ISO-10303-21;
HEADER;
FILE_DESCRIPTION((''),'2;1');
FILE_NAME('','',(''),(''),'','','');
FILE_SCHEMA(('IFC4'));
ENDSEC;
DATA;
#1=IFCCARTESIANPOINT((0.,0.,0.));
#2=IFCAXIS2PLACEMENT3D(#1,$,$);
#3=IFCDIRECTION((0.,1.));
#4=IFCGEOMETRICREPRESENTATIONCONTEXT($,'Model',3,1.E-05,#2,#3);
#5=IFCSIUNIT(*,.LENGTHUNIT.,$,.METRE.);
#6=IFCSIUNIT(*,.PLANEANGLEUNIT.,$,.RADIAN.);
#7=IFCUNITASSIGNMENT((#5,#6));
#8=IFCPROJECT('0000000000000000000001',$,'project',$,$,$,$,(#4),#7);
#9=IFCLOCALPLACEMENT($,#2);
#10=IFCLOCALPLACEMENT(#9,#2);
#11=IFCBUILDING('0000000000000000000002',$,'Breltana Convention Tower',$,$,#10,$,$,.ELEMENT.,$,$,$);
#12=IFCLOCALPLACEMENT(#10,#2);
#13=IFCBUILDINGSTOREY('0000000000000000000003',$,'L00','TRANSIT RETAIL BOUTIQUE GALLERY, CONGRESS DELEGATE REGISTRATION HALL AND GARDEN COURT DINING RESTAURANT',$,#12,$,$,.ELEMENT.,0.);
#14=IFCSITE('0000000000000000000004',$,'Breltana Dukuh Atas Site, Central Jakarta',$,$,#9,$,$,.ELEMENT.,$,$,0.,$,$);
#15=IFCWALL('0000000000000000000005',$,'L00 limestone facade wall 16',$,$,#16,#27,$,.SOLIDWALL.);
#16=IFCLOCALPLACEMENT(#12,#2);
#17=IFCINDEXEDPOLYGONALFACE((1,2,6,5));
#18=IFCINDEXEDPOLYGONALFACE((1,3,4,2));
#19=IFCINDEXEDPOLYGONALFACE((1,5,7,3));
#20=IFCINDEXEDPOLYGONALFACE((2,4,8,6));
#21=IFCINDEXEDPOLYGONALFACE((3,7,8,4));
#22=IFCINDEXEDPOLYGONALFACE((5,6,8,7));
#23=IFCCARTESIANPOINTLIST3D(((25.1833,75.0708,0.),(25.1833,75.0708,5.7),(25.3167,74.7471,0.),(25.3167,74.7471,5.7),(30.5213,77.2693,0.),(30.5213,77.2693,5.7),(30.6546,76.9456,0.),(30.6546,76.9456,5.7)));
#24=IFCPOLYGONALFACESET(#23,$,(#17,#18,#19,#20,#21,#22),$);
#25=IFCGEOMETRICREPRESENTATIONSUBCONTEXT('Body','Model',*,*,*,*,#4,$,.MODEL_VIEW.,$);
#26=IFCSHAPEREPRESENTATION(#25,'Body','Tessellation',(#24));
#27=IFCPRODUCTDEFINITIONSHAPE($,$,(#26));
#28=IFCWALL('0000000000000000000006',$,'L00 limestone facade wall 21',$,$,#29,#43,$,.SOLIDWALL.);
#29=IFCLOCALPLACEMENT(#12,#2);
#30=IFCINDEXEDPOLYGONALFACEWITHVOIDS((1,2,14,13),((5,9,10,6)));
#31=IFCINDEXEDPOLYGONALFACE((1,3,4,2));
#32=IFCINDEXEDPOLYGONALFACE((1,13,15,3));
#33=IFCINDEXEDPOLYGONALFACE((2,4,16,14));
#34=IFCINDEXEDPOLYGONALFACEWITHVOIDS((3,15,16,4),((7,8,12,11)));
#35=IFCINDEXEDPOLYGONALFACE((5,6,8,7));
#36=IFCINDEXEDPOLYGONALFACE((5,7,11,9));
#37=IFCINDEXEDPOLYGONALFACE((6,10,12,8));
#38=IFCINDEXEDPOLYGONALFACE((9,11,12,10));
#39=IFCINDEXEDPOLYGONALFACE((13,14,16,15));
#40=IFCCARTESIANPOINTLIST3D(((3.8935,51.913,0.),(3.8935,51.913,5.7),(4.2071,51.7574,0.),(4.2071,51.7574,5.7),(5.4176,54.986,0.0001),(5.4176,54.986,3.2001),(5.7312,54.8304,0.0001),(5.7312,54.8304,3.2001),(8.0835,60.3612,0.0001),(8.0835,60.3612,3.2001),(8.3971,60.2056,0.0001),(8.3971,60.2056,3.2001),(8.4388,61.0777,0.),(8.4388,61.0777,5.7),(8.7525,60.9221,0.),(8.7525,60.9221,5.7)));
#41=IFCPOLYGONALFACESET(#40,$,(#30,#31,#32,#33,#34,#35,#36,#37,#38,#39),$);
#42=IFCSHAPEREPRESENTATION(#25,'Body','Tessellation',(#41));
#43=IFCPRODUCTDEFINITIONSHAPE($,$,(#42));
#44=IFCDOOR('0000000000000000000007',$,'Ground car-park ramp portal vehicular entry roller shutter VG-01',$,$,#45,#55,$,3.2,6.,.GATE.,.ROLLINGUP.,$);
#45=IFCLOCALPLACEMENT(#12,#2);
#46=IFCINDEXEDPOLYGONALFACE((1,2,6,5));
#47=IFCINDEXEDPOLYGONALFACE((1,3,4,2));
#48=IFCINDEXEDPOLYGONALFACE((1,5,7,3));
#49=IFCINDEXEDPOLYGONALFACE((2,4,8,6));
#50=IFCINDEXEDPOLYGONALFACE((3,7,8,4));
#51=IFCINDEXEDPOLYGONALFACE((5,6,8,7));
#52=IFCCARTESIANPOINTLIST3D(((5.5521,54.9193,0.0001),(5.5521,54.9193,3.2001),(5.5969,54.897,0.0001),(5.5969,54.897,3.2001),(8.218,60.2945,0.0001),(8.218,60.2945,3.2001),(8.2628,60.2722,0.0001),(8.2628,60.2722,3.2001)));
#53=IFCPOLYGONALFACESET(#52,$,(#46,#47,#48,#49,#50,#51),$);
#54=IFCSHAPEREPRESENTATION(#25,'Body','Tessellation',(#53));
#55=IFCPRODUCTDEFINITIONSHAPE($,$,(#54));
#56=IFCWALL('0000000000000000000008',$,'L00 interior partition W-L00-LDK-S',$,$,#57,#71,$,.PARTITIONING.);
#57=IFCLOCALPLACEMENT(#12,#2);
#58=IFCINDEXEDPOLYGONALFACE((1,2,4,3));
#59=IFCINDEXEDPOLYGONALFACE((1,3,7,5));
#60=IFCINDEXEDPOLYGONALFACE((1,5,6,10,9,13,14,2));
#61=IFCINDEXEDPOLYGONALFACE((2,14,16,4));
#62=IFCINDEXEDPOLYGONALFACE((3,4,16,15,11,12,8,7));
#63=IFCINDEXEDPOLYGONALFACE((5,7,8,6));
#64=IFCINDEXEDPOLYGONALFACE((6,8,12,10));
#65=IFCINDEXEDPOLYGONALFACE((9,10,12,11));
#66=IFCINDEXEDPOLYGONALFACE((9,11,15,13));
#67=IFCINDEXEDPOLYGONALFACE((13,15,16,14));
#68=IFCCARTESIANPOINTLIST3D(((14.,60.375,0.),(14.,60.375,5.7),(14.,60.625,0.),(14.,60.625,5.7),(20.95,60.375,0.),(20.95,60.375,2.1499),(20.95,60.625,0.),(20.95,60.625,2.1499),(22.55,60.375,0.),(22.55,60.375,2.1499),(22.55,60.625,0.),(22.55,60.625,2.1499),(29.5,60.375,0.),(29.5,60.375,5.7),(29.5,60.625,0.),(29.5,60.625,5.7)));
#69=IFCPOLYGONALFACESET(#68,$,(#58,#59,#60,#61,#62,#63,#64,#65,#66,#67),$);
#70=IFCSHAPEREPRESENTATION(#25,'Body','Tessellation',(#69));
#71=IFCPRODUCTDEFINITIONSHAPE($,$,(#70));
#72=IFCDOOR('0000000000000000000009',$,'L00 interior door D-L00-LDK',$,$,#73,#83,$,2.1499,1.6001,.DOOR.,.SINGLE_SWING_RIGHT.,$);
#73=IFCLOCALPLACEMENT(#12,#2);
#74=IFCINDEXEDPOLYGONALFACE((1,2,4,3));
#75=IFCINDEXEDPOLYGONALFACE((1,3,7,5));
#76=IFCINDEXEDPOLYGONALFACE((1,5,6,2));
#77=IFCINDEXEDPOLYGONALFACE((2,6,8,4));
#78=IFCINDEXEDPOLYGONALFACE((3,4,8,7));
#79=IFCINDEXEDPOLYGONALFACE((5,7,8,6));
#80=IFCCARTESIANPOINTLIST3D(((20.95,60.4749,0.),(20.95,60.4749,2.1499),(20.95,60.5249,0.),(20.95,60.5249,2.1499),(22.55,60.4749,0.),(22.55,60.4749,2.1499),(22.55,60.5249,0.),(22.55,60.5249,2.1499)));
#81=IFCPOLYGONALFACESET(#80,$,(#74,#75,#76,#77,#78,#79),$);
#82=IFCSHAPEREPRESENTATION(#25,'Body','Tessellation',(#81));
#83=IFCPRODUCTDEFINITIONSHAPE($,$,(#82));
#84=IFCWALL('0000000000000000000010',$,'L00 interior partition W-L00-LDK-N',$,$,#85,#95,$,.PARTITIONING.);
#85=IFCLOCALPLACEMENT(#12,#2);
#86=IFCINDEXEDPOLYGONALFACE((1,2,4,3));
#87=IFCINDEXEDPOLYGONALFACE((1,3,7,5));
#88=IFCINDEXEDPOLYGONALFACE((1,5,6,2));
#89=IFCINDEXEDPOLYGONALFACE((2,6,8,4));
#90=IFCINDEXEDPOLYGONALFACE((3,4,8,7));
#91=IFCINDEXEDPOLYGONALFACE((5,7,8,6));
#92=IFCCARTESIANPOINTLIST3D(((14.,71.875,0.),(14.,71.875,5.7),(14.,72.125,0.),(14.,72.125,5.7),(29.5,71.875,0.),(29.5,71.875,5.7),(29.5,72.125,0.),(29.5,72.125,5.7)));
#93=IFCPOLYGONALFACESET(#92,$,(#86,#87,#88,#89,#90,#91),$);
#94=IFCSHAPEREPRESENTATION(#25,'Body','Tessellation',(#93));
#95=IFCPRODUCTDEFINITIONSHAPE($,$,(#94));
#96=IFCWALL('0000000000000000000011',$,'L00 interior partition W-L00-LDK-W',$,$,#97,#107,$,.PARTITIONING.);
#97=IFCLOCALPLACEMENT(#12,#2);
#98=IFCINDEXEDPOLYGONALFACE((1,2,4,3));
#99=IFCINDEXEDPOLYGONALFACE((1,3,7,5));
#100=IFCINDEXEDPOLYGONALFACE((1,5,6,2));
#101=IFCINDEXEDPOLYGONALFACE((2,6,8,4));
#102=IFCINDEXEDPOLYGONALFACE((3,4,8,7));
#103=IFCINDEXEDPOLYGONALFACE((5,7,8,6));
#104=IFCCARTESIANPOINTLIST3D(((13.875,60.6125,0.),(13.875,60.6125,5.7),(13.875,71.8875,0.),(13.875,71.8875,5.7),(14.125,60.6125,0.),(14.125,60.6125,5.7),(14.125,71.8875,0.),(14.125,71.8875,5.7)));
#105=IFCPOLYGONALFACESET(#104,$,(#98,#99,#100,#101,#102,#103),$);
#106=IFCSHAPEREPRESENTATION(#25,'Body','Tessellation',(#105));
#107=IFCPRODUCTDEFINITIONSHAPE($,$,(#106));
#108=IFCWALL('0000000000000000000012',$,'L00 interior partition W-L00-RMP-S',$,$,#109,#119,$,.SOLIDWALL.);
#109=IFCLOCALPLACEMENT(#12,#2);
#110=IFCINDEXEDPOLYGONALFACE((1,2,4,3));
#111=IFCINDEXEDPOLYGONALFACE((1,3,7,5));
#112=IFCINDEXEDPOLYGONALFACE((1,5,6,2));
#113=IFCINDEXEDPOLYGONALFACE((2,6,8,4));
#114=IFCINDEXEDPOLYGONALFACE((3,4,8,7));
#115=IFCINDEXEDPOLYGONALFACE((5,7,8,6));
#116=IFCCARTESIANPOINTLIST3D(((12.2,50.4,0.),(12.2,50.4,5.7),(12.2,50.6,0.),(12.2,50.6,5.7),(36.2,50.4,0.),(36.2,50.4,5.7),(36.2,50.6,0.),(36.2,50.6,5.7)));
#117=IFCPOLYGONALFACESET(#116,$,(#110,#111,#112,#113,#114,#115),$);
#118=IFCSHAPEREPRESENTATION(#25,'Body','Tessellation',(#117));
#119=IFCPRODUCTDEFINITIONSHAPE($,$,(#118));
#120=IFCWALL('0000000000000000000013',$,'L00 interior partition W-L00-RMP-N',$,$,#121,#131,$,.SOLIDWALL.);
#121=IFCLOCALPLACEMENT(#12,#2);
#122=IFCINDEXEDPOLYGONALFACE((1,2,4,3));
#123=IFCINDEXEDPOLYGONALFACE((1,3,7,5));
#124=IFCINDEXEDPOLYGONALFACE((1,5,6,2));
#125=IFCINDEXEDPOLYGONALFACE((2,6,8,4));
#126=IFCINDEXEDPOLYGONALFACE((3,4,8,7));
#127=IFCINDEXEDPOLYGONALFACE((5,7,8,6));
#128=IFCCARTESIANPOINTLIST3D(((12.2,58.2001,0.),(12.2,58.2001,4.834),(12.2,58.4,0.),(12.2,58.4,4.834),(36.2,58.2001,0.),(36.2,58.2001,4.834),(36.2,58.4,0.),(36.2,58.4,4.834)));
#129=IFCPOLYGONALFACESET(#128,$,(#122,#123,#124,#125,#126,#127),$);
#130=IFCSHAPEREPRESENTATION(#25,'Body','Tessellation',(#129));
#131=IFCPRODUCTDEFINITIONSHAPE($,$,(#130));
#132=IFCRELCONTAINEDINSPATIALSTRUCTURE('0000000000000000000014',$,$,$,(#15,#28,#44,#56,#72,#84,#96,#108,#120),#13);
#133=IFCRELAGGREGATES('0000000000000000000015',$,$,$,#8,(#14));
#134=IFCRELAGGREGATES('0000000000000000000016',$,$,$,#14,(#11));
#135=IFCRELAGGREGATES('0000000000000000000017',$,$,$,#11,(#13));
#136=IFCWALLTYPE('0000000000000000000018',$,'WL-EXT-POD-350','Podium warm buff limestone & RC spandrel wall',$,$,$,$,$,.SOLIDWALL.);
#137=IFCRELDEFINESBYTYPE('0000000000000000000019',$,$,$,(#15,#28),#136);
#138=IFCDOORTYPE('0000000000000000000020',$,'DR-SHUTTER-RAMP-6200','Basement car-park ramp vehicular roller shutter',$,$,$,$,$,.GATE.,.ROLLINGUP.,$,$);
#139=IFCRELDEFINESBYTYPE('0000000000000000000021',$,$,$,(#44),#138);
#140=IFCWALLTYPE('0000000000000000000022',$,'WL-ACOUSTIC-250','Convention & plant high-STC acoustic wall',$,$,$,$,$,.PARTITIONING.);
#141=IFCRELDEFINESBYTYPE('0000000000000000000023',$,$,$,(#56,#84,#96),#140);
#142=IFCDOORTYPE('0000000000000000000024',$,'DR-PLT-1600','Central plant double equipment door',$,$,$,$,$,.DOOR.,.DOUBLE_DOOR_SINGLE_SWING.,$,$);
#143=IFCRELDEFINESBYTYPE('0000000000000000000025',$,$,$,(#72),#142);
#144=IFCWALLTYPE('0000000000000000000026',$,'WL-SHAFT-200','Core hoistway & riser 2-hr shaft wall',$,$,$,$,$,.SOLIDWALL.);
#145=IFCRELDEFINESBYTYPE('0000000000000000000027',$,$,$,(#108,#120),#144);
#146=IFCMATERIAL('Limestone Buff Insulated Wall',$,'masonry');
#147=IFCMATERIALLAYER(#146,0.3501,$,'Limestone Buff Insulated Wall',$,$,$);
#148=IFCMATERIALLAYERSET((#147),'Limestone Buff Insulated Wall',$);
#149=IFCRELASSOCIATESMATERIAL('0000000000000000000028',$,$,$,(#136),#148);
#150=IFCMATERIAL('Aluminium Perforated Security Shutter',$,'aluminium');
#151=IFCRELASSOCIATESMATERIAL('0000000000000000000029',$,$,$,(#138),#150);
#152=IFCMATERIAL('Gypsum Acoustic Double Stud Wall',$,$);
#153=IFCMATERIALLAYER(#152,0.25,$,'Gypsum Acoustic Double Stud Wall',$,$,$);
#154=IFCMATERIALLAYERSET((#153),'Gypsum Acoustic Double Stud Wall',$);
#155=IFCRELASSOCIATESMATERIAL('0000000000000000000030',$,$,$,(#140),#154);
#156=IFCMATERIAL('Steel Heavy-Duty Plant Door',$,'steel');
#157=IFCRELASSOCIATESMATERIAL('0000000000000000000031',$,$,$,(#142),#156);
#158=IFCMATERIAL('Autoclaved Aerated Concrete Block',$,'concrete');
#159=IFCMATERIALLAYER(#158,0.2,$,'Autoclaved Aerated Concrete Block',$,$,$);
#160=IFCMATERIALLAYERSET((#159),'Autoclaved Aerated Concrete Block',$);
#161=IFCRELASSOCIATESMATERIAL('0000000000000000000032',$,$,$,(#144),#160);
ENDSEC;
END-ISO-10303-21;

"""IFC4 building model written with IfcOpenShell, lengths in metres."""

from ifc_helpers import new_model, si_unit, direction, frame, frame_2d, origin, place, context, subcontext, project, spatial, rectangle, extrude, source, transform, mapped, material, layer, layer_set, type_object, type_shapes, element, fill, save


model = new_model("IFC4")

# Units and contexts
model_context = context("Model", 3, precision=1e-05, world=origin(), true_north=direction((0.0, 1.0)))
body_context = subcontext(model_context, "Body", "Model", "MODEL_VIEW")
ifc_project = project(units=[si_unit("LENGTHUNIT", "METRE"), si_unit("PLANEANGLEUNIT", "RADIAN")], contexts=[model_context])

# Site, building, storey
site_placement = place(None, origin())
site = spatial("IfcSite", under=ifc_project, at=site_placement, Name="Breltana Dukuh Atas Site, Central Jakarta", CompositionType="ELEMENT", RefElevation=0.0)
building_placement = place(site_placement, origin())
building = spatial("IfcBuilding", under=site, at=building_placement, Name="Breltana Convention Tower", CompositionType="ELEMENT")
storey_placement = place(building_placement, origin())
storey = spatial("IfcBuildingStorey", under=building, at=storey_placement, Name="L00", Description="TRANSIT RETAIL BOUTIQUE GALLERY, CONGRESS DELEGATE REGISTRATION HALL AND GARDEN COURT DINING RESTAURANT", CompositionType="ELEMENT", Elevation=0.0)

# Wall
ifc_material_1 = material(Name="Limestone Buff Insulated Wall", Category="masonry")
ifc_layer_1 = layer(ifc_material_1, 0.3501, Name="Limestone Buff Insulated Wall")
ifc_layer_set_1 = layer_set([ifc_layer_1], Name="Limestone Buff Insulated Wall")
wall_type_1 = type_object("IfcWallType", Name="WL-EXT-POD-350", Description="Podium warm buff limestone & RC spandrel wall", PredefinedType="SOLIDWALL", material=ifc_layer_set_1)
shared_shape_1 = source(origin(), body_context, "Body", "SweptSolid", [
    extrude(rectangle(XDim=5.7729, YDim=0.3501, at=frame_2d((2.8865, 0.0))), origin(), (0.0, 0.0, 1.0), 5.7),
])
wall_1_placement = place(storey_placement, frame((25.25, 74.9089, 0.0), z_axis=(0.0, 0.0, 1.0), x_axis=(0.924646, 0.380829, 0.0)))
element("IfcWall", 1, at=wall_1_placement, inside=storey, type_object=wall_type_1, Name="L00 limestone facade wall 16", PredefinedType="SOLIDWALL", context=body_context, shape_type="MappedRepresentation", body=[
    mapped(shared_shape_1, transform((0.0, 0.0, 0.0), scale=1.0)),
])

# Walls, openings, doors
shared_shape_2 = source(origin(), body_context, "Body", "SweptSolid", [
    extrude(rectangle(XDim=10.23, YDim=0.3501, at=frame_2d((5.115, 0.0))), origin(), (0.0, 0.0, 1.0), 5.7),
])
wall_2_placement = place(storey_placement, frame((4.0503, 51.8352, 0.0), z_axis=(0.0, 0.0, 1.0), x_axis=(0.444319, 0.895869, 0.0)))
wall_2 = element("IfcWall", 2, at=wall_2_placement, inside=storey, type_object=wall_type_1, Name="L00 limestone facade wall 21", PredefinedType="SOLIDWALL", context=body_context, shape_type="MappedRepresentation", body=[
    mapped(shared_shape_2, transform((0.0, 0.0, 0.0), scale=1.0)),
])
opening_1_placement = place(wall_2_placement, frame((3.4302, 0.0, 0.0)))
opening_1 = element("IfcOpeningElement", 3, at=opening_1_placement, cuts=wall_2, PredefinedType="OPENING", context=body_context, shape_type="SweptSolid", body=[
    extrude(rectangle(XDim=6.0, YDim=3.2, at=frame_2d((3.0, 1.6001))), frame((0.0, 0.1851, 0.0), z_axis=(0.0, -1.0, 0.0), x_axis=(1.0, 0.0, 0.0)), (0.0, 0.0, 1.0), 0.3701),
])
ifc_material_2 = material(Name="Aluminium Perforated Security Shutter", Category="aluminium")
door_type_1 = type_object("IfcDoorType", Name="DR-SHUTTER-RAMP-6200", Description="Basement car-park ramp vehicular roller shutter", OperationType="ROLLINGUP", PredefinedType="GATE", material=ifc_material_2)
shared_shape_3 = source(origin(), body_context, "Body", "SweptSolid", [
    extrude(rectangle(XDim=6.0, YDim=3.2, at=frame_2d((3.0, 1.6001))), frame((0.0, 0.0249, 0.0), z_axis=(0.0, -1.0, 0.0), x_axis=(1.0, 0.0, 0.0)), (0.0, 0.0, 1.0), 0.05),
])
type_shapes(door_type_1, [shared_shape_3])
door_1_placement = place(opening_1_placement, origin())
door_1 = element("IfcDoor", 4, at=door_1_placement, inside=storey, type_object=door_type_1, Name="Ground car-park ramp portal vehicular entry roller shutter VG-01", OperationType="ROLLINGUP", OverallHeight=3.2, OverallWidth=6.0, PredefinedType="GATE", context=body_context, shape_type="MappedRepresentation", body=[
    mapped(shared_shape_3, transform((0.0, 0.0, 0.0), scale=1.0)),
])
fill(opening_1, door_1)
ifc_material_3 = material(Name="Gypsum Acoustic Double Stud Wall")
ifc_layer_2 = layer(ifc_material_3, 0.25, Name="Gypsum Acoustic Double Stud Wall")
ifc_layer_set_2 = layer_set([ifc_layer_2], Name="Gypsum Acoustic Double Stud Wall")
wall_type_2 = type_object("IfcWallType", Name="WL-ACOUSTIC-250", Description="Convention & plant high-STC acoustic wall", PredefinedType="PARTITIONING", material=ifc_layer_set_2)
shared_shape_4 = source(origin(), body_context, "Body", "SweptSolid", [
    extrude(rectangle(XDim=15.5, YDim=0.25, at=frame_2d((7.75, 0.0))), origin(), (0.0, 0.0, 1.0), 5.7),
])
wall_3_placement = place(storey_placement, frame((14.0, 60.5, 0.0), z_axis=(0.0, 0.0, 1.0), x_axis=(1.0, 0.0, 0.0)))
wall_3 = element("IfcWall", 5, at=wall_3_placement, inside=storey, type_object=wall_type_2, Name="L00 interior partition W-L00-LDK-S", PredefinedType="PARTITIONING", context=body_context, shape_type="MappedRepresentation", body=[
    mapped(shared_shape_4, transform((0.0, 0.0, 0.0), scale=1.0)),
])
opening_2_placement = place(wall_3_placement, frame((6.95, 0.0, 0.0)))
opening_2 = element("IfcOpeningElement", 6, at=opening_2_placement, cuts=wall_3, PredefinedType="OPENING", context=body_context, shape_type="SweptSolid", body=[
    extrude(rectangle(XDim=1.6001, YDim=2.1499, at=frame_2d((0.8, 1.075))), frame((0.0, 0.135, 0.0), z_axis=(0.0, -1.0, 0.0), x_axis=(1.0, 0.0, 0.0)), (0.0, 0.0, 1.0), 0.27),
])
ifc_material_4 = material(Name="Steel Heavy-Duty Plant Door", Category="steel")
door_type_2 = type_object("IfcDoorType", Name="DR-PLT-1600", Description="Central plant double equipment door", OperationType="DOUBLE_DOOR_SINGLE_SWING", PredefinedType="DOOR", material=ifc_material_4)
shared_shape_5 = source(origin(), body_context, "Body", "SweptSolid", [
    extrude(rectangle(XDim=1.6001, YDim=2.1499, at=frame_2d((0.8, 1.075))), frame((0.0, 0.0249, 0.0), z_axis=(0.0, -1.0, 0.0), x_axis=(1.0, 0.0, 0.0)), (0.0, 0.0, 1.0), 0.05),
])
type_shapes(door_type_2, [shared_shape_5])
door_2_placement = place(opening_2_placement, origin())
door_2 = element("IfcDoor", 7, at=door_2_placement, inside=storey, type_object=door_type_2, Name="L00 interior door D-L00-LDK", OperationType="SINGLE_SWING_RIGHT", OverallHeight=2.1499, OverallWidth=1.6001, PredefinedType="DOOR", context=body_context, shape_type="MappedRepresentation", body=[
    mapped(shared_shape_5, transform((0.0, 0.0, 0.0), scale=1.0)),
])
fill(opening_2, door_2)

# Walls
wall_4_placement = place(storey_placement, frame((14.0, 72.0, 0.0), z_axis=(0.0, 0.0, 1.0), x_axis=(1.0, 0.0, 0.0)))
element("IfcWall", 8, at=wall_4_placement, inside=storey, type_object=wall_type_2, Name="L00 interior partition W-L00-LDK-N", PredefinedType="PARTITIONING", context=body_context, shape_type="MappedRepresentation", body=[
    mapped(shared_shape_4, transform((0.0, 0.0, 0.0), scale=1.0)),
])
shared_shape_6 = source(origin(), body_context, "Body", "SweptSolid", [
    extrude(rectangle(XDim=11.2749, YDim=0.25, at=frame_2d((5.6375, 0.0))), origin(), (0.0, 0.0, 1.0), 5.7),
])
wall_5_placement = place(storey_placement, frame((14.0, 60.6125, 0.0), z_axis=(0.0, 0.0, 1.0), x_axis=(0.0, 1.0, 0.0)))
element("IfcWall", 9, at=wall_5_placement, inside=storey, type_object=wall_type_2, Name="L00 interior partition W-L00-LDK-W", PredefinedType="PARTITIONING", context=body_context, shape_type="MappedRepresentation", body=[
    mapped(shared_shape_6, transform((0.0, 0.0, 0.0), scale=1.0)),
])
ifc_material_5 = material(Name="Autoclaved Aerated Concrete Block", Category="concrete")
ifc_layer_3 = layer(ifc_material_5, 0.2, Name="Autoclaved Aerated Concrete Block")
ifc_layer_set_3 = layer_set([ifc_layer_3], Name="Autoclaved Aerated Concrete Block")
wall_type_3 = type_object("IfcWallType", Name="WL-SHAFT-200", Description="Core hoistway & riser 2-hr shaft wall", PredefinedType="SOLIDWALL", material=ifc_layer_set_3)
shared_shape_7 = source(origin(), body_context, "Body", "SweptSolid", [
    extrude(rectangle(XDim=24.0, YDim=0.2, at=frame_2d((12.0, 0.0))), origin(), (0.0, 0.0, 1.0), 5.7),
])
wall_6_placement = place(storey_placement, frame((12.2, 50.5, 0.0), z_axis=(0.0, 0.0, 1.0), x_axis=(1.0, 0.0, 0.0)))
element("IfcWall", 10, at=wall_6_placement, inside=storey, type_object=wall_type_3, Name="L00 interior partition W-L00-RMP-S", PredefinedType="SOLIDWALL", context=body_context, shape_type="MappedRepresentation", body=[
    mapped(shared_shape_7, transform((0.0, 0.0, 0.0), scale=1.0)),
])
shared_shape_8 = source(origin(), body_context, "Body", "SweptSolid", [
    extrude(rectangle(XDim=24.0, YDim=0.2, at=frame_2d((12.0, 0.0))), origin(), (0.0, 0.0, 1.0), 4.834),
])
wall_7_placement = place(storey_placement, frame((12.2, 58.3, 0.0), z_axis=(0.0, 0.0, 1.0), x_axis=(1.0, 0.0, 0.0)))
element("IfcWall", 11, at=wall_7_placement, inside=storey, type_object=wall_type_3, Name="L00 interior partition W-L00-RMP-N", PredefinedType="SOLIDWALL", context=body_context, shape_type="MappedRepresentation", body=[
    mapped(shared_shape_8, transform((0.0, 0.0, 0.0), scale=1.0)),
])

save(model, "model.ifc")
